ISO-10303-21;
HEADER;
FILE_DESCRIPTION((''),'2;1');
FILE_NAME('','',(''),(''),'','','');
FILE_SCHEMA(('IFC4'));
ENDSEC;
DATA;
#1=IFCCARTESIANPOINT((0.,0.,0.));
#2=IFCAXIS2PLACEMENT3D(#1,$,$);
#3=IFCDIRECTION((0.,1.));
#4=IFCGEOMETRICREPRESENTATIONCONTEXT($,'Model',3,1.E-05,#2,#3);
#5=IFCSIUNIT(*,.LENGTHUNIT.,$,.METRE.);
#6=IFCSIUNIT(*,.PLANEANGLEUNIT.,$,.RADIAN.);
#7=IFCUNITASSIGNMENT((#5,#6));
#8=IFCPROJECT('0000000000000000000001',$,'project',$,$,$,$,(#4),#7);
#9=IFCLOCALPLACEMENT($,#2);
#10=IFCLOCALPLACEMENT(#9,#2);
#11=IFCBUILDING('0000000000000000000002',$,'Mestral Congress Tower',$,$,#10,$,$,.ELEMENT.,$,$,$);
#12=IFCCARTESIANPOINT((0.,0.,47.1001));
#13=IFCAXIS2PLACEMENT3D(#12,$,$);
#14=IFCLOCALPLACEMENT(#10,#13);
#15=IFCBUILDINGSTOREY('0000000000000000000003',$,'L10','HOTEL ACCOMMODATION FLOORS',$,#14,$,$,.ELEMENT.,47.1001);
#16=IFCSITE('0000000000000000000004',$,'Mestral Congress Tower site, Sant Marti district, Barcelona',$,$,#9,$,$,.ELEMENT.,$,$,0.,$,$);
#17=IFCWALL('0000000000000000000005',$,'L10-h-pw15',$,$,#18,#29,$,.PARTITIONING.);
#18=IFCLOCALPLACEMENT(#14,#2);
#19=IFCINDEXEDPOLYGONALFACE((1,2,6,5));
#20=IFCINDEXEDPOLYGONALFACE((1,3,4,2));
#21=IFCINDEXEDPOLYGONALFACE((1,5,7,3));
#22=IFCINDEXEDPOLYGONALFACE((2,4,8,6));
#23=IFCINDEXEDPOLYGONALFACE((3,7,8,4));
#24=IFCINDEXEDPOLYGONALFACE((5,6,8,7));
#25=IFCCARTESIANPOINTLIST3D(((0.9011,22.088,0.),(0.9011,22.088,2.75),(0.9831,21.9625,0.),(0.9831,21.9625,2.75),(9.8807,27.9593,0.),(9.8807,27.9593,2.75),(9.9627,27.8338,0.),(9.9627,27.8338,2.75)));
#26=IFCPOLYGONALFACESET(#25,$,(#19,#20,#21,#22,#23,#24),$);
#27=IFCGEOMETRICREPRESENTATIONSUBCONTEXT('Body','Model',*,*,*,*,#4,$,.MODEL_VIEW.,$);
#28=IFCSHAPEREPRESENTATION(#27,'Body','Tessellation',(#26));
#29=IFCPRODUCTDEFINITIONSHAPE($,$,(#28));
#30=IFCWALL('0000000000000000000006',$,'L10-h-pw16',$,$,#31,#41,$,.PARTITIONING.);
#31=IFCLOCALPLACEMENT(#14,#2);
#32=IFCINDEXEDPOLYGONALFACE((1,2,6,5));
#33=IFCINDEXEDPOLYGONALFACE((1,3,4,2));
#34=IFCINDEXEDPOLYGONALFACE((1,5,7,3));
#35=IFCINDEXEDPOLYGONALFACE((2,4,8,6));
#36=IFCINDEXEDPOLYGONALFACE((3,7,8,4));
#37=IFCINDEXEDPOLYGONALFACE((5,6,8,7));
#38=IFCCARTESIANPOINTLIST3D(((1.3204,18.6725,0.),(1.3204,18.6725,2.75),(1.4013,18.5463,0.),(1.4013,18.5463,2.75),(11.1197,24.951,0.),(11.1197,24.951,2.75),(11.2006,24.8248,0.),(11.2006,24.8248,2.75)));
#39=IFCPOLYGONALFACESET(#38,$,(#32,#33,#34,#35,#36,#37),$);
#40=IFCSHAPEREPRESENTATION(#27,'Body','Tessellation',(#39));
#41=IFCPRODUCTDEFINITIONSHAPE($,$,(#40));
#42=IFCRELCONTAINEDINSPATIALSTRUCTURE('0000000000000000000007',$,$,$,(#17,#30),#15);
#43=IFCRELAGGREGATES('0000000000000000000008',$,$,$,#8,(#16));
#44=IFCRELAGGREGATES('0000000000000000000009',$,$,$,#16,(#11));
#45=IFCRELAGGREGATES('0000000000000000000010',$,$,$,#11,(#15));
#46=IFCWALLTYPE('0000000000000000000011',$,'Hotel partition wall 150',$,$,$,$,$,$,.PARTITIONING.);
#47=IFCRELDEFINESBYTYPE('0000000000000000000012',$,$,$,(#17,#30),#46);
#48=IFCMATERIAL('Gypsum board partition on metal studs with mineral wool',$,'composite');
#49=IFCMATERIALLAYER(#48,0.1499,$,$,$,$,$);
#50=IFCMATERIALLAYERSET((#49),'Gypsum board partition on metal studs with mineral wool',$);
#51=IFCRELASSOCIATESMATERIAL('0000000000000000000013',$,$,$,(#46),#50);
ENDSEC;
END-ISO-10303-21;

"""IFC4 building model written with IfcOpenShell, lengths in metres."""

from ifc_helpers import new_model, si_unit, direction, frame, frame_2d, origin, place, context, subcontext, project, spatial, rectangle, extrude, material, layer, layer_set, type_object, element, save


model = new_model("IFC4")

# Units and contexts
model_context = context("Model", 3, precision=1e-05, world=origin(), true_north=direction((0.0, 1.0)))
body_context = subcontext(model_context, "Body", "Model", "MODEL_VIEW")
ifc_project = project(units=[si_unit("LENGTHUNIT", "METRE"), si_unit("PLANEANGLEUNIT", "RADIAN")], contexts=[model_context])

# Site, building, storey
site_placement = place(None, origin())
site = spatial("IfcSite", under=ifc_project, at=site_placement, Name="Mestral Congress Tower site, Sant Marti district, Barcelona", CompositionType="ELEMENT", RefElevation=0.0)
building_placement = place(site_placement, origin())
building = spatial("IfcBuilding", under=site, at=building_placement, Name="Mestral Congress Tower", CompositionType="ELEMENT")
storey_placement = place(building_placement, frame((0.0, 0.0, 47.1001)))
storey = spatial("IfcBuildingStorey", under=building, at=storey_placement, Name="L10", Description="HOTEL ACCOMMODATION FLOORS", CompositionType="ELEMENT", Elevation=47.1001)

# Walls
ifc_material_1 = material(Name="Gypsum board partition on metal studs with mineral wool", Category="composite")
ifc_layer_1 = layer(ifc_material_1, 0.1499)
ifc_layer_set_1 = layer_set([ifc_layer_1], Name="Gypsum board partition on metal studs with mineral wool")
wall_type_1 = type_object("IfcWallType", Name="Hotel partition wall 150", PredefinedType="PARTITIONING", material=ifc_layer_set_1)
wall_1_placement = place(storey_placement, frame((9.9216, 27.8965, 0.0), z_axis=(0.0, 0.0, 1.0), x_axis=(-0.836971, -0.547248, 0.0)))
element("IfcWall", 1, at=wall_1_placement, inside=storey, type_object=wall_type_1, Name="L10-h-pw15", PredefinedType="PARTITIONING", context=body_context, shape_type="SweptSolid", body=[
    extrude(rectangle(XDim=10.7288, YDim=0.1499, at=frame_2d((5.3643, 0.0))), origin(), (0.0, 0.0, 1.0), 2.75),
])
wall_2_placement = place(storey_placement, frame((11.1602, 24.8879, 0.0), z_axis=(0.0, 0.0, 1.0), x_axis=(-0.841998, -0.53948, 0.0)))
element("IfcWall", 2, at=wall_2_placement, inside=storey, type_object=wall_type_1, Name="L10-h-pw16", PredefinedType="PARTITIONING", context=body_context, shape_type="SweptSolid", body=[
    extrude(rectangle(XDim=11.6382, YDim=0.1499, at=frame_2d((5.8191, 0.0))), origin(), (0.0, 0.0, 1.0), 2.75),
])

save(model, "model.ifc")
